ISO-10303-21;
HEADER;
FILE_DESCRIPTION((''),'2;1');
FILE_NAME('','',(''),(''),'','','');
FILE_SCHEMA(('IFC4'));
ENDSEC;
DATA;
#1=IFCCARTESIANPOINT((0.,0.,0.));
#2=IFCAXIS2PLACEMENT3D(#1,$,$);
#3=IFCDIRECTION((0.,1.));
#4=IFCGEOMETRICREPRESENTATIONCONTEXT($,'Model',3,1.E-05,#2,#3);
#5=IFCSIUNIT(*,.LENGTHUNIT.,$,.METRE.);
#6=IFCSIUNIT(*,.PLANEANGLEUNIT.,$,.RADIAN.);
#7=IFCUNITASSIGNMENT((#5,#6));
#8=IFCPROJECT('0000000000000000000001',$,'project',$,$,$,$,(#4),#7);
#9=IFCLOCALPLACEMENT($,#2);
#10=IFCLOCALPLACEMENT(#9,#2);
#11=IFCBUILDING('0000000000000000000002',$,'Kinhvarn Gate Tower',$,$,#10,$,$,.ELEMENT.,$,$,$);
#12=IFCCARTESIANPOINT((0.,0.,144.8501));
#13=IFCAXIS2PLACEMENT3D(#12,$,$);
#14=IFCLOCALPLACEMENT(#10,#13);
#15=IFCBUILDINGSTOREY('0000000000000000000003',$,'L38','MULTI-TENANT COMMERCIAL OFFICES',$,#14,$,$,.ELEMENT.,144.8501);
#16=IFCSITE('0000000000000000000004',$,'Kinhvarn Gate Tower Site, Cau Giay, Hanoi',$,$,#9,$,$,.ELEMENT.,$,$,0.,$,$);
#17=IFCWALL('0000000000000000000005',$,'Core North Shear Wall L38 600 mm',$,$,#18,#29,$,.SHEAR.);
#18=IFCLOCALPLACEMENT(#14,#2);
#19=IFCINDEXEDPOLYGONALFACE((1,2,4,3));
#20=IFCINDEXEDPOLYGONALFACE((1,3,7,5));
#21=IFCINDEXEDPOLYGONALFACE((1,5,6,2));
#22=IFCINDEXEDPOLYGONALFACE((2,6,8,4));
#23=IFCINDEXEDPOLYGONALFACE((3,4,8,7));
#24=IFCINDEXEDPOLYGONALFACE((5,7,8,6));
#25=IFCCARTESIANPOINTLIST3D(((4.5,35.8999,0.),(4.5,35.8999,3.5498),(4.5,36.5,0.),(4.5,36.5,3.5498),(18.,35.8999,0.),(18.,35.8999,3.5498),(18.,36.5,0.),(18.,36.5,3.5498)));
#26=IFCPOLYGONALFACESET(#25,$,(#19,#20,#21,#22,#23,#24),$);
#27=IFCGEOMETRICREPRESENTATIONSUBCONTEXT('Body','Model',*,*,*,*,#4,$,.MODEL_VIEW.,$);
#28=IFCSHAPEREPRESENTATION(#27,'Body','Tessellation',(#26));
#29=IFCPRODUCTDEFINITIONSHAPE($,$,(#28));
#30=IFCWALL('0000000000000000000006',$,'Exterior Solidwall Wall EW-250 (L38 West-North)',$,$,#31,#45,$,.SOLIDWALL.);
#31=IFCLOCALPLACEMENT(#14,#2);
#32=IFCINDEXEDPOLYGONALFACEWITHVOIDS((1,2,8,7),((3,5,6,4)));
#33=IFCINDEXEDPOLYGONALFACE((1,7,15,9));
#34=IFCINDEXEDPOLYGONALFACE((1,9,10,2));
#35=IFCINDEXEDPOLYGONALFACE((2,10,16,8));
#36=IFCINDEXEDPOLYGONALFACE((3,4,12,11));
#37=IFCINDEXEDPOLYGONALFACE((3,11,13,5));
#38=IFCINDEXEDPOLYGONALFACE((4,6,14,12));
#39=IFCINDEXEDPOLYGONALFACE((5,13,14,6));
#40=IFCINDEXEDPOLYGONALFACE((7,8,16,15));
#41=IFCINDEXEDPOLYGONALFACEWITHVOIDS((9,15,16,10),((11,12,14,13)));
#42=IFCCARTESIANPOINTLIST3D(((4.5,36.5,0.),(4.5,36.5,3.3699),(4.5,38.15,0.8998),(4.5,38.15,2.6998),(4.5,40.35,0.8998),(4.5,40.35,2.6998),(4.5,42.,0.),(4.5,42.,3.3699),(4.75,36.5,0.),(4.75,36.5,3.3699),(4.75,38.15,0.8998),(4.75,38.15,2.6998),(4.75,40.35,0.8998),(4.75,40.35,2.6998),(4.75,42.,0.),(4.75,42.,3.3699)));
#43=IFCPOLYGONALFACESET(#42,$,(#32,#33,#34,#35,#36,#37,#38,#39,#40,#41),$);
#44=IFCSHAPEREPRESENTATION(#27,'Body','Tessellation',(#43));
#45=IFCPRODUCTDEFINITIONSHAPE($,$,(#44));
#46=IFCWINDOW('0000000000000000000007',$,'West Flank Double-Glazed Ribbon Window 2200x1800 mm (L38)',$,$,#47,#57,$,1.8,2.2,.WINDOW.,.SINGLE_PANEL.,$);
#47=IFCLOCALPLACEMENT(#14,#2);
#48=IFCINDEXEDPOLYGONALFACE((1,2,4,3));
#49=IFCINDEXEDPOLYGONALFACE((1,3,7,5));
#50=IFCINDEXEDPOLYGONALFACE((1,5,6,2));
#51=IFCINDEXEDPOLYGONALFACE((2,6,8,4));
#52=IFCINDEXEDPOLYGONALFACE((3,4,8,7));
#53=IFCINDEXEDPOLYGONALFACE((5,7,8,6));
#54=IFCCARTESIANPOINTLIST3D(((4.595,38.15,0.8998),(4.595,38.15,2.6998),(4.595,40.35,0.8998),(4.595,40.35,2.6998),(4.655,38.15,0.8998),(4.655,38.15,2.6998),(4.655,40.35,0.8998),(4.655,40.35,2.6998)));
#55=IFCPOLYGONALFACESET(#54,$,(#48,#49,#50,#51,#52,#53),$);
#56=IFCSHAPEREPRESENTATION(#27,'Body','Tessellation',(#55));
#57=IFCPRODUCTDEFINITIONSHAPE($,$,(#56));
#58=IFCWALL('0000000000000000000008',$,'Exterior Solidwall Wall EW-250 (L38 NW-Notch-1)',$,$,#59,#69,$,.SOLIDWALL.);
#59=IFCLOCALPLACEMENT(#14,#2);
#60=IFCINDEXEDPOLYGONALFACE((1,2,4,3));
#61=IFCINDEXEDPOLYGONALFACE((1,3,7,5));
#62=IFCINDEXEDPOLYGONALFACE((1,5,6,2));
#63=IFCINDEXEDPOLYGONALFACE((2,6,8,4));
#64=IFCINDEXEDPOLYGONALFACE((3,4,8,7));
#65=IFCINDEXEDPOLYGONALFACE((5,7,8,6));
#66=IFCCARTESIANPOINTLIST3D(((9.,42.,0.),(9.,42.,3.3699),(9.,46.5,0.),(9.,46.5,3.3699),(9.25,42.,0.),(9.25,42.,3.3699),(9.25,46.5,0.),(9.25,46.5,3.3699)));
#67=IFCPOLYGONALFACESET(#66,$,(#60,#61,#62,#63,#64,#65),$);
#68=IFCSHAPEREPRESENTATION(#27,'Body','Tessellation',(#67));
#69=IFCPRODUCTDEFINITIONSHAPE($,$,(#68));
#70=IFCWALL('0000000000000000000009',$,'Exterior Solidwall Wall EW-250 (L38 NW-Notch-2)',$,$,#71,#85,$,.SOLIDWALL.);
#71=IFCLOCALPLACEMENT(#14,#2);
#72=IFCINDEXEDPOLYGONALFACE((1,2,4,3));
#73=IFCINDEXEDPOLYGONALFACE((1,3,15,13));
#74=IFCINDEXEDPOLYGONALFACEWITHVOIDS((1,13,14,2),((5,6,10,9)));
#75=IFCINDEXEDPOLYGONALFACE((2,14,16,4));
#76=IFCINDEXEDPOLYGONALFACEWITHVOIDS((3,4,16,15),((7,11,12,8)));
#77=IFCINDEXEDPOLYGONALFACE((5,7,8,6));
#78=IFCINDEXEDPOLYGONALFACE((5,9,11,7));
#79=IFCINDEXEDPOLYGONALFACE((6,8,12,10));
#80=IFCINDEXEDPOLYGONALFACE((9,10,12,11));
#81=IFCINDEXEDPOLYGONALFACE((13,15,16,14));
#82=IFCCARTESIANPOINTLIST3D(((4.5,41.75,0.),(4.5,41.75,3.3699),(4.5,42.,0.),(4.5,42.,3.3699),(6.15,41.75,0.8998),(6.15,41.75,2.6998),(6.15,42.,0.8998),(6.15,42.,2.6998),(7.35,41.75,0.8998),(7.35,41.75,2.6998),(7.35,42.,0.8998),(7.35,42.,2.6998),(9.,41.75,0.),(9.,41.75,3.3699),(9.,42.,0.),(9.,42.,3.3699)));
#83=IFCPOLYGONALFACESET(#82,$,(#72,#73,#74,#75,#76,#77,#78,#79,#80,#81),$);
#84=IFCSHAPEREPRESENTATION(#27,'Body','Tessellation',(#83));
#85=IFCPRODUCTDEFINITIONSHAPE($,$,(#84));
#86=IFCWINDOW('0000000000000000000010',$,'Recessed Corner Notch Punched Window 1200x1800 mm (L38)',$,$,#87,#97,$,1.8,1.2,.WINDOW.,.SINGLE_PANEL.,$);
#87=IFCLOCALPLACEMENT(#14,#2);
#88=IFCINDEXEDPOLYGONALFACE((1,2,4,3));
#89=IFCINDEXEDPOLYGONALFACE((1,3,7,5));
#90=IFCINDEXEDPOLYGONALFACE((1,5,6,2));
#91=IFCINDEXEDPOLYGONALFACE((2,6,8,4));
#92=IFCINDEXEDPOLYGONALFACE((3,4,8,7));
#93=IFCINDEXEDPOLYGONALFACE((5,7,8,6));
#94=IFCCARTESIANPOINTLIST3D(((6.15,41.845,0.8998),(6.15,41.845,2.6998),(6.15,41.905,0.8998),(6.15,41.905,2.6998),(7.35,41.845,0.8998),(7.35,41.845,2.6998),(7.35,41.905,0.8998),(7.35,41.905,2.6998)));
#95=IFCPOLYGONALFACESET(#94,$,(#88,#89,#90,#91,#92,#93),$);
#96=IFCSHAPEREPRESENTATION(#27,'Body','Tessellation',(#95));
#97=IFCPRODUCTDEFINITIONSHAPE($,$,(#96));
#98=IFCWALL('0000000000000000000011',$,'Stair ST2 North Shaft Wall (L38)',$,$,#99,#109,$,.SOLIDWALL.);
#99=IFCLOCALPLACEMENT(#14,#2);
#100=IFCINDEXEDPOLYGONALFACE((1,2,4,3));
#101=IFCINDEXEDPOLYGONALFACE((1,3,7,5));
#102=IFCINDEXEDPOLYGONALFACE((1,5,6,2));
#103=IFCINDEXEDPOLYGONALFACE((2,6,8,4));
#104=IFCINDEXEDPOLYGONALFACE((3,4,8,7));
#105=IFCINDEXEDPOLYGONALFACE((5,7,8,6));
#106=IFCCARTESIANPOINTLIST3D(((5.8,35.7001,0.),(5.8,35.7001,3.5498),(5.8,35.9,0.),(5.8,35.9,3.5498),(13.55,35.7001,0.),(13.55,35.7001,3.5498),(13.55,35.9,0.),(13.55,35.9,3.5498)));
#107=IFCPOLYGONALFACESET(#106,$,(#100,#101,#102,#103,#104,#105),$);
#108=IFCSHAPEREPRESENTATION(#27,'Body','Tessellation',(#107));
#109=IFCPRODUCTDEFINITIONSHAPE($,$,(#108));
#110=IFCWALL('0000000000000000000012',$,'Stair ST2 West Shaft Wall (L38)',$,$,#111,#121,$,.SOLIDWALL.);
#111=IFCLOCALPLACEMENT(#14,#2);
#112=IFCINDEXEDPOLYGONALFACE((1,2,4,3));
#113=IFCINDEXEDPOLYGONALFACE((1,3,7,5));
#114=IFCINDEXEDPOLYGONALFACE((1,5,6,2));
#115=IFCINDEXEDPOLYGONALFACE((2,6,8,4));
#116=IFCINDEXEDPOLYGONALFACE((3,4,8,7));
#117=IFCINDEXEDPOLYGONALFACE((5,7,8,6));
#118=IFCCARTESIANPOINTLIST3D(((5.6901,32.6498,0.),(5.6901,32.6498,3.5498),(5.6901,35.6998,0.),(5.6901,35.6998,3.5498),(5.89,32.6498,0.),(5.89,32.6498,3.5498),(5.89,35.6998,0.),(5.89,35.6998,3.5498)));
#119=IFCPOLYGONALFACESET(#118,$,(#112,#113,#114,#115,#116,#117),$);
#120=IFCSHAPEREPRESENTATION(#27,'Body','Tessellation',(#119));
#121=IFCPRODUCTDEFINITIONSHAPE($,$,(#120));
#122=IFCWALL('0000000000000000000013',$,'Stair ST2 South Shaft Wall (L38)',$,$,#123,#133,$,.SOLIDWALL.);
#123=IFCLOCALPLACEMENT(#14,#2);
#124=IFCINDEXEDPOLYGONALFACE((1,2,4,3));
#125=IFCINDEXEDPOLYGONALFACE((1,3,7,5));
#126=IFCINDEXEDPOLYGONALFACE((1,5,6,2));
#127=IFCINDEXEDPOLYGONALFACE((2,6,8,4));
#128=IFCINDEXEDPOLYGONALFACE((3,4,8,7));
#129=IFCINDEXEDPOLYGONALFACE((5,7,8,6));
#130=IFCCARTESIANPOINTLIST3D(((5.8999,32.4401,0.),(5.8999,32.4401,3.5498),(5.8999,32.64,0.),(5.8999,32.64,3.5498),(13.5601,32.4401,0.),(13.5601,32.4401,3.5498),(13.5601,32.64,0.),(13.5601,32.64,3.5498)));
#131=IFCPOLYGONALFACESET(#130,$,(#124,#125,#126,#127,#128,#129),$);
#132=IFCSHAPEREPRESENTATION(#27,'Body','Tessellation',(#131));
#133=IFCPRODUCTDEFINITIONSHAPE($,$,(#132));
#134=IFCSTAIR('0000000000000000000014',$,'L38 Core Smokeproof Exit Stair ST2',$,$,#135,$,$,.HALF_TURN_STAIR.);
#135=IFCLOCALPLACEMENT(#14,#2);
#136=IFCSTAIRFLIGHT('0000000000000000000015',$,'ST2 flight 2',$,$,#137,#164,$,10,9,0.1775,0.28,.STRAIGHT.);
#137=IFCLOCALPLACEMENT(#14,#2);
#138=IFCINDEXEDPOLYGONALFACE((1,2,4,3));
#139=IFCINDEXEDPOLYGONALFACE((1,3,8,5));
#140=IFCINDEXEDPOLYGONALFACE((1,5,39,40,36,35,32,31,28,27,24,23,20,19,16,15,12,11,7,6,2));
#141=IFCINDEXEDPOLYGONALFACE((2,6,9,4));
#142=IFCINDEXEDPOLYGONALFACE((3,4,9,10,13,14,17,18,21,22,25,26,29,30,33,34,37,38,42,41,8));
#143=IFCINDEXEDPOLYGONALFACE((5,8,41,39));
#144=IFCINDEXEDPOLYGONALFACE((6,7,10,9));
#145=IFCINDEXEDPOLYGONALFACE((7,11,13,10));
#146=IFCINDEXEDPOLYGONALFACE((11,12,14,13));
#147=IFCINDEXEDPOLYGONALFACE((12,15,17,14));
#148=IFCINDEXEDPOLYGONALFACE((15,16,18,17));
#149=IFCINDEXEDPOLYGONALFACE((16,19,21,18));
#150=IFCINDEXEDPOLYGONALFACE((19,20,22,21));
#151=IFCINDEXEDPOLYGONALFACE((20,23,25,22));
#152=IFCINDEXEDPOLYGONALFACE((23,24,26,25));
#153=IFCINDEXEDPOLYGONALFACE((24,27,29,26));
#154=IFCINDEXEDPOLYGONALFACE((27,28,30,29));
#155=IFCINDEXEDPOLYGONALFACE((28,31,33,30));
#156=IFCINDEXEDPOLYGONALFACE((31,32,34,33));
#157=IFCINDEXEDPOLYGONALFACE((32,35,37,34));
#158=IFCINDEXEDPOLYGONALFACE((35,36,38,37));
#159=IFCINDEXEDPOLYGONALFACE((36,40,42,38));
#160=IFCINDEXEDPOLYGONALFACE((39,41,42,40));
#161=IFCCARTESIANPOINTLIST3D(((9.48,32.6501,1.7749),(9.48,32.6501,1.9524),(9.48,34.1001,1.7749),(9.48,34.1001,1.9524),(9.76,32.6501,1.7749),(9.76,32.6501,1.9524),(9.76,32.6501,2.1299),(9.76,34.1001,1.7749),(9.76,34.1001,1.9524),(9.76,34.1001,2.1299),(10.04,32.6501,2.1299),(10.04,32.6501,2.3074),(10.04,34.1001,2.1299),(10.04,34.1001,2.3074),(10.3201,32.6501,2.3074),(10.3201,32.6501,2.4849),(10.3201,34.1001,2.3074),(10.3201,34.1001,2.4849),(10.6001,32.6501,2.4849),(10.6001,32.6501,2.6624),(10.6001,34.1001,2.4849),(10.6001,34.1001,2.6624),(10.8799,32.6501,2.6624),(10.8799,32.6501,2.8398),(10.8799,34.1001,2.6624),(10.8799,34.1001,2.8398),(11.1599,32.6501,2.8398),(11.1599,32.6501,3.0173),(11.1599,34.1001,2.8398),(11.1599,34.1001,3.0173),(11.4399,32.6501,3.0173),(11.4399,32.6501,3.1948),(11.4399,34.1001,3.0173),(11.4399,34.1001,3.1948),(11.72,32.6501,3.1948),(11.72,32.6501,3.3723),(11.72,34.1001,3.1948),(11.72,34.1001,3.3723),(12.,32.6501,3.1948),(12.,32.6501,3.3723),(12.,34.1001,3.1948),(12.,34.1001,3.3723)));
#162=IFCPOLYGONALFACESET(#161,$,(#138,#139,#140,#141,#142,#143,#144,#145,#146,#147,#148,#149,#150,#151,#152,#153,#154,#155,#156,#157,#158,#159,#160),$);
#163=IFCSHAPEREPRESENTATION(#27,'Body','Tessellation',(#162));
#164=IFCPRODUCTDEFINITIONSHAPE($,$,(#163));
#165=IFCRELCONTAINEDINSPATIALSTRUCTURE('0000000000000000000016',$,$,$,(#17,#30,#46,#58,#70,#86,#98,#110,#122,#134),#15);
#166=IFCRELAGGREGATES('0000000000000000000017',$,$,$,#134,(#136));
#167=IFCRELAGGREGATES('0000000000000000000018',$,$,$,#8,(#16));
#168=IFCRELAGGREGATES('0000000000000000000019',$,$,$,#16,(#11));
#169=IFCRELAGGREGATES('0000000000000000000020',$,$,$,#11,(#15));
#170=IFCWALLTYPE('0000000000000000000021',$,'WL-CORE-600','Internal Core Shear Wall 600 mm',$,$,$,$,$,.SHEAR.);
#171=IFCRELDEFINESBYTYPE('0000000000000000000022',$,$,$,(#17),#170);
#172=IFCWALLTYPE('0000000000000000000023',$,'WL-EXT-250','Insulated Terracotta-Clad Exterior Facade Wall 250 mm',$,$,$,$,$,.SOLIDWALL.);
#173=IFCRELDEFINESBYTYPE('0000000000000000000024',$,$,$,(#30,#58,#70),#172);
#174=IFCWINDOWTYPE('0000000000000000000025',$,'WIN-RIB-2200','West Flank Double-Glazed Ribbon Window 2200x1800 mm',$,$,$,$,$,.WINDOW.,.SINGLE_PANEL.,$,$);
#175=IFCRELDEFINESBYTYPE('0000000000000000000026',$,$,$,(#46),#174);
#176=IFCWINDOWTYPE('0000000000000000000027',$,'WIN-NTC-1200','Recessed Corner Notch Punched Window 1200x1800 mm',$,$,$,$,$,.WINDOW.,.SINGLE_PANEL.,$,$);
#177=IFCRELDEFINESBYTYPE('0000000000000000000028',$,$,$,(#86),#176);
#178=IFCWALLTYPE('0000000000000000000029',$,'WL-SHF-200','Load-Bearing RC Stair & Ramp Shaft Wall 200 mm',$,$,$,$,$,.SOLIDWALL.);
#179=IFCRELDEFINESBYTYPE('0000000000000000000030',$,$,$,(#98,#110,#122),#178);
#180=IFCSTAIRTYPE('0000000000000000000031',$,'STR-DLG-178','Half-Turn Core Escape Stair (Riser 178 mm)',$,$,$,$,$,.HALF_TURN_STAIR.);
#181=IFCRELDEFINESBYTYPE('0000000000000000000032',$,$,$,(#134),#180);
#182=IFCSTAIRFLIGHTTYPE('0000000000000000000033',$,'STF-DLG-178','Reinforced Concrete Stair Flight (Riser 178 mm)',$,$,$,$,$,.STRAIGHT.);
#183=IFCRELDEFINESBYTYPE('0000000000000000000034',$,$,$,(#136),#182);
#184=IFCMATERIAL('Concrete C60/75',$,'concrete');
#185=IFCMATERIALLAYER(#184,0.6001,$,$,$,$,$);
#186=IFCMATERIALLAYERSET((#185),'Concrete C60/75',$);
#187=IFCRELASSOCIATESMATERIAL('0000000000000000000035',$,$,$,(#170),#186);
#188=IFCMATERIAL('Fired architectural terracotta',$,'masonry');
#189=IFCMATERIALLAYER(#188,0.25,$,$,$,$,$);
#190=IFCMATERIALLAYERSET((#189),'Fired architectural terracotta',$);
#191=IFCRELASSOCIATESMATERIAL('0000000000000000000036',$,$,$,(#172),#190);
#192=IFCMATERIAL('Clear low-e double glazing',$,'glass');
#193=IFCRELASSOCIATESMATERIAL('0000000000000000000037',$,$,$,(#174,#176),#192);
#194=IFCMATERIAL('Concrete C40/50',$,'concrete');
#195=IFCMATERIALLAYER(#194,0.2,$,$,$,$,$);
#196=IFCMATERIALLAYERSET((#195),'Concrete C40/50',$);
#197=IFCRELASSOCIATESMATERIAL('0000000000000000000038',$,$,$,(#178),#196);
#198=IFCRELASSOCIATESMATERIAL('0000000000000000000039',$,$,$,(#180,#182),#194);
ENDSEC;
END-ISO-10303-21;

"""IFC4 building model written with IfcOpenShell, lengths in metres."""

from ifc_helpers import new_model, si_unit, direction, frame, frame_2d, origin, place, context, subcontext, project, spatial, polyline, rectangle, outline, extrude, material, layer, layer_set, type_object, element, fill, aggregate, save


model = new_model("IFC4")

# Units and contexts
model_context = context("Model", 3, precision=1e-05, world=origin(), true_north=direction((0.0, 1.0)))
body_context = subcontext(model_context, "Body", "Model", "MODEL_VIEW")
ifc_project = project(units=[si_unit("LENGTHUNIT", "METRE"), si_unit("PLANEANGLEUNIT", "RADIAN")], contexts=[model_context])

# Site, building, storey
site_placement = place(None, origin())
site = spatial("IfcSite", under=ifc_project, at=site_placement, Name="Kinhvarn Gate Tower Site, Cau Giay, Hanoi", CompositionType="ELEMENT", RefElevation=0.0)
building_placement = place(site_placement, origin())
building = spatial("IfcBuilding", under=site, at=building_placement, Name="Kinhvarn Gate Tower", CompositionType="ELEMENT")
storey_placement = place(building_placement, frame((0.0, 0.0, 144.8501)))
storey = spatial("IfcBuildingStorey", under=building, at=storey_placement, Name="L38", Description="MULTI-TENANT COMMERCIAL OFFICES", CompositionType="ELEMENT", Elevation=144.8501)

# Shared definitions
ifc_material_1 = material(Name="Concrete C60/75", Category="concrete")

# Shared definitions
ifc_material_2 = material(Name="Clear low-e double glazing", Category="glass")

# Wall
ifc_layer_1 = layer(ifc_material_1, 0.6001)
ifc_layer_set_1 = layer_set([ifc_layer_1], Name="Concrete C60/75")
wall_type_1 = type_object("IfcWallType", Name="WL-CORE-600", Description="Internal Core Shear Wall 600 mm", PredefinedType="SHEAR", material=ifc_layer_set_1)
wall_1_placement = place(storey_placement, frame((4.5, 36.2, 0.0), z_axis=(0.0, 0.0, 1.0), x_axis=(1.0, 0.0, 0.0)))
element("IfcWall", 1, at=wall_1_placement, inside=storey, type_object=wall_type_1, Name="Core North Shear Wall L38 600 mm", PredefinedType="SHEAR", context=body_context, shape_type="SweptSolid", body=[
    extrude(rectangle(XDim=13.5, YDim=0.6001, at=frame_2d((6.75, 0.0))), origin(), (0.0, 0.0, 1.0), 3.5498),
])

# Wall, opening, window
ifc_material_3 = material(Name="Fired architectural terracotta", Category="masonry")
ifc_layer_2 = layer(ifc_material_3, 0.25)
ifc_layer_set_2 = layer_set([ifc_layer_2], Name="Fired architectural terracotta")
wall_type_2 = type_object("IfcWallType", Name="WL-EXT-250", Description="Insulated Terracotta-Clad Exterior Facade Wall 250 mm", PredefinedType="SOLIDWALL", material=ifc_layer_set_2)
wall_2_placement = place(storey_placement, frame((4.625, 42.0, 0.0), z_axis=(0.0, 0.0, 1.0), x_axis=(0.0, -1.0, 0.0)))
wall_2 = element("IfcWall", 2, at=wall_2_placement, inside=storey, type_object=wall_type_2, Name="Exterior Solidwall Wall EW-250 (L38 West-North)", PredefinedType="SOLIDWALL", context=body_context, shape_type="SweptSolid", body=[
    extrude(rectangle(XDim=5.5, YDim=0.25, at=frame_2d((2.75, 0.0))), origin(), (0.0, 0.0, 1.0), 3.3699),
])
opening_1_placement = place(wall_2_placement, frame((1.6499, 0.0, 0.8999)))
opening_1 = element("IfcOpeningElement", 3, at=opening_1_placement, cuts=wall_2, PredefinedType="OPENING", context=body_context, shape_type="SweptSolid", body=[
    extrude(rectangle(XDim=2.2, YDim=1.8, at=frame_2d((1.1001, 0.8999))), frame((0.0, 0.135, 0.0), z_axis=(0.0, -1.0, 0.0), x_axis=(1.0, 0.0, 0.0)), (0.0, 0.0, 1.0), 0.27),
])
window_type_1 = type_object("IfcWindowType", Name="WIN-RIB-2200", Description="West Flank Double-Glazed Ribbon Window 2200x1800 mm", PartitioningType="SINGLE_PANEL", PredefinedType="WINDOW", material=ifc_material_2)
window_1_placement = place(opening_1_placement, origin())
window_1 = element("IfcWindow", 4, at=window_1_placement, inside=storey, type_object=window_type_1, Name="West Flank Double-Glazed Ribbon Window 2200x1800 mm (L38)", OverallHeight=1.8, OverallWidth=2.2, PartitioningType="SINGLE_PANEL", PredefinedType="WINDOW", context=body_context, shape_type="SweptSolid", body=[
    extrude(rectangle(XDim=2.2, YDim=1.8, at=frame_2d((1.1001, 0.8999))), frame((0.0, 0.03, 0.0), z_axis=(0.0, -1.0, 0.0), x_axis=(1.0, 0.0, 0.0)), (0.0, 0.0, 1.0), 0.0601),
])
fill(opening_1, window_1)

# Wall
wall_3_placement = place(storey_placement, frame((9.125, 46.5, 0.0), z_axis=(0.0, 0.0, 1.0), x_axis=(0.0, -1.0, 0.0)))
element("IfcWall", 5, at=wall_3_placement, inside=storey, type_object=wall_type_2, Name="Exterior Solidwall Wall EW-250 (L38 NW-Notch-1)", PredefinedType="SOLIDWALL", context=body_context, shape_type="SweptSolid", body=[
    extrude(rectangle(XDim=4.5, YDim=0.25, at=frame_2d((2.25, 0.0))), origin(), (0.0, 0.0, 1.0), 3.3699),
])

# Wall, opening, window
wall_4_placement = place(storey_placement, frame((9.0, 41.875, 0.0), z_axis=(0.0, 0.0, 1.0), x_axis=(-1.0, 0.0, 0.0)))
wall_4 = element("IfcWall", 6, at=wall_4_placement, inside=storey, type_object=wall_type_2, Name="Exterior Solidwall Wall EW-250 (L38 NW-Notch-2)", PredefinedType="SOLIDWALL", context=body_context, shape_type="SweptSolid", body=[
    extrude(rectangle(XDim=4.5, YDim=0.25, at=frame_2d((2.25, 0.0))), origin(), (0.0, 0.0, 1.0), 3.3699),
])
opening_2_placement = place(wall_4_placement, frame((1.6499, 0.0, 0.8999)))
opening_2 = element("IfcOpeningElement", 7, at=opening_2_placement, cuts=wall_4, PredefinedType="OPENING", context=body_context, shape_type="SweptSolid", body=[
    extrude(rectangle(XDim=1.2, YDim=1.8, at=frame_2d((0.6001, 0.8999))), frame((0.0, 0.135, 0.0), z_axis=(0.0, -1.0, 0.0), x_axis=(1.0, 0.0, 0.0)), (0.0, 0.0, 1.0), 0.27),
])
window_type_2 = type_object("IfcWindowType", Name="WIN-NTC-1200", Description="Recessed Corner Notch Punched Window 1200x1800 mm", PartitioningType="SINGLE_PANEL", PredefinedType="WINDOW", material=ifc_material_2)
window_2_placement = place(opening_2_placement, origin())
window_2 = element("IfcWindow", 8, at=window_2_placement, inside=storey, type_object=window_type_2, Name="Recessed Corner Notch Punched Window 1200x1800 mm (L38)", OverallHeight=1.8, OverallWidth=1.2, PartitioningType="SINGLE_PANEL", PredefinedType="WINDOW", context=body_context, shape_type="SweptSolid", body=[
    extrude(rectangle(XDim=1.2, YDim=1.8, at=frame_2d((0.6001, 0.8999))), frame((0.0, 0.03, 0.0), z_axis=(0.0, -1.0, 0.0), x_axis=(1.0, 0.0, 0.0)), (0.0, 0.0, 1.0), 0.0601),
])
fill(opening_2, window_2)

# Walls
ifc_material_4 = material(Name="Concrete C40/50", Category="concrete")
ifc_layer_3 = layer(ifc_material_4, 0.2)
ifc_layer_set_3 = layer_set([ifc_layer_3], Name="Concrete C40/50")
wall_type_3 = type_object("IfcWallType", Name="WL-SHF-200", Description="Load-Bearing RC Stair & Ramp Shaft Wall 200 mm", PredefinedType="SOLIDWALL", material=ifc_layer_set_3)
wall_5_placement = place(storey_placement, frame((5.8, 35.8, 0.0), z_axis=(0.0, 0.0, 1.0), x_axis=(1.0, 0.0, 0.0)))
element("IfcWall", 9, at=wall_5_placement, inside=storey, type_object=wall_type_3, Name="Stair ST2 North Shaft Wall (L38)", PredefinedType="SOLIDWALL", context=body_context, shape_type="SweptSolid", body=[
    extrude(rectangle(XDim=7.75, YDim=0.2, at=frame_2d((3.875, 0.0))), origin(), (0.0, 0.0, 1.0), 3.5498),
])
wall_6_placement = place(storey_placement, frame((5.79, 32.6499, 0.0), z_axis=(0.0, 0.0, 1.0), x_axis=(0.0, 1.0, 0.0)))
element("IfcWall", 10, at=wall_6_placement, inside=storey, type_object=wall_type_3, Name="Stair ST2 West Shaft Wall (L38)", PredefinedType="SOLIDWALL", context=body_context, shape_type="SweptSolid", body=[
    extrude(rectangle(XDim=3.05, YDim=0.2, at=frame_2d((1.5249, 0.0))), origin(), (0.0, 0.0, 1.0), 3.5498),
])
wall_7_placement = place(storey_placement, frame((5.8999, 32.54, 0.0), z_axis=(0.0, 0.0, 1.0), x_axis=(1.0, 0.0, 0.0)))
element("IfcWall", 11, at=wall_7_placement, inside=storey, type_object=wall_type_3, Name="Stair ST2 South Shaft Wall (L38)", PredefinedType="SOLIDWALL", context=body_context, shape_type="SweptSolid", body=[
    extrude(rectangle(XDim=7.6602, YDim=0.2, at=frame_2d((3.8301, 0.0))), origin(), (0.0, 0.0, 1.0), 3.5498),
])

# Stair, stair flight
stair_type = type_object("IfcStairType", Name="STR-DLG-178", Description="Half-Turn Core Escape Stair (Riser 178 mm)", PredefinedType="HALF_TURN_STAIR", material=ifc_material_4)
stair_placement = place(storey_placement, origin())
stair = element("IfcStair", 12, at=stair_placement, inside=storey, type_object=stair_type, Name="L38 Core Smokeproof Exit Stair ST2", PredefinedType="HALF_TURN_STAIR")
stair_flight_type = type_object("IfcStairFlightType", Name="STF-DLG-178", Description="Reinforced Concrete Stair Flight (Riser 178 mm)", PredefinedType="STRAIGHT", material=ifc_material_4)
stair_flight_placement = place(storey_placement, frame((9.48, 33.375, 1.7749), z_axis=(0.0, 0.0, 1.0), x_axis=(1.0, 0.0, 0.0)))
stair_flight = element("IfcStairFlight", 13, at=stair_flight_placement, type_object=stair_flight_type, Name="ST2 flight 2", NumberOfRisers=10, NumberOfTreads=9, PredefinedType="STRAIGHT", RiserHeight=0.1775, TreadLength=0.28, context=body_context, shape_type="SweptSolid", body=[
    extrude(outline(polyline([(0.0, 0.0), (0.0, 0.1775), (0.28, 0.1775), (0.28, 0.355), (0.5601, 0.355), (0.5601, 0.5325), (0.8401, 0.5325), (0.8401, 0.71), (1.1201, 0.71), (1.1201, 0.8875), (1.3999, 0.8875), (1.3999, 1.0649), (1.6799, 1.0649), (1.6799, 1.2424), (1.96, 1.2424), (1.96, 1.4199), (2.24, 1.4199), (2.24, 1.5974), (2.52, 1.5974), (2.52, 1.7749), (2.52, 1.4199), (0.28, 0.0), (0.0, 0.0)])), frame((0.0, 0.7251, 0.0), z_axis=(0.0, -1.0, 0.0), x_axis=(1.0, 0.0, 0.0)), (0.0, 0.0, 1.0), 1.45),
])
aggregate(stair, [stair_flight])

save(model, "model.ifc")
